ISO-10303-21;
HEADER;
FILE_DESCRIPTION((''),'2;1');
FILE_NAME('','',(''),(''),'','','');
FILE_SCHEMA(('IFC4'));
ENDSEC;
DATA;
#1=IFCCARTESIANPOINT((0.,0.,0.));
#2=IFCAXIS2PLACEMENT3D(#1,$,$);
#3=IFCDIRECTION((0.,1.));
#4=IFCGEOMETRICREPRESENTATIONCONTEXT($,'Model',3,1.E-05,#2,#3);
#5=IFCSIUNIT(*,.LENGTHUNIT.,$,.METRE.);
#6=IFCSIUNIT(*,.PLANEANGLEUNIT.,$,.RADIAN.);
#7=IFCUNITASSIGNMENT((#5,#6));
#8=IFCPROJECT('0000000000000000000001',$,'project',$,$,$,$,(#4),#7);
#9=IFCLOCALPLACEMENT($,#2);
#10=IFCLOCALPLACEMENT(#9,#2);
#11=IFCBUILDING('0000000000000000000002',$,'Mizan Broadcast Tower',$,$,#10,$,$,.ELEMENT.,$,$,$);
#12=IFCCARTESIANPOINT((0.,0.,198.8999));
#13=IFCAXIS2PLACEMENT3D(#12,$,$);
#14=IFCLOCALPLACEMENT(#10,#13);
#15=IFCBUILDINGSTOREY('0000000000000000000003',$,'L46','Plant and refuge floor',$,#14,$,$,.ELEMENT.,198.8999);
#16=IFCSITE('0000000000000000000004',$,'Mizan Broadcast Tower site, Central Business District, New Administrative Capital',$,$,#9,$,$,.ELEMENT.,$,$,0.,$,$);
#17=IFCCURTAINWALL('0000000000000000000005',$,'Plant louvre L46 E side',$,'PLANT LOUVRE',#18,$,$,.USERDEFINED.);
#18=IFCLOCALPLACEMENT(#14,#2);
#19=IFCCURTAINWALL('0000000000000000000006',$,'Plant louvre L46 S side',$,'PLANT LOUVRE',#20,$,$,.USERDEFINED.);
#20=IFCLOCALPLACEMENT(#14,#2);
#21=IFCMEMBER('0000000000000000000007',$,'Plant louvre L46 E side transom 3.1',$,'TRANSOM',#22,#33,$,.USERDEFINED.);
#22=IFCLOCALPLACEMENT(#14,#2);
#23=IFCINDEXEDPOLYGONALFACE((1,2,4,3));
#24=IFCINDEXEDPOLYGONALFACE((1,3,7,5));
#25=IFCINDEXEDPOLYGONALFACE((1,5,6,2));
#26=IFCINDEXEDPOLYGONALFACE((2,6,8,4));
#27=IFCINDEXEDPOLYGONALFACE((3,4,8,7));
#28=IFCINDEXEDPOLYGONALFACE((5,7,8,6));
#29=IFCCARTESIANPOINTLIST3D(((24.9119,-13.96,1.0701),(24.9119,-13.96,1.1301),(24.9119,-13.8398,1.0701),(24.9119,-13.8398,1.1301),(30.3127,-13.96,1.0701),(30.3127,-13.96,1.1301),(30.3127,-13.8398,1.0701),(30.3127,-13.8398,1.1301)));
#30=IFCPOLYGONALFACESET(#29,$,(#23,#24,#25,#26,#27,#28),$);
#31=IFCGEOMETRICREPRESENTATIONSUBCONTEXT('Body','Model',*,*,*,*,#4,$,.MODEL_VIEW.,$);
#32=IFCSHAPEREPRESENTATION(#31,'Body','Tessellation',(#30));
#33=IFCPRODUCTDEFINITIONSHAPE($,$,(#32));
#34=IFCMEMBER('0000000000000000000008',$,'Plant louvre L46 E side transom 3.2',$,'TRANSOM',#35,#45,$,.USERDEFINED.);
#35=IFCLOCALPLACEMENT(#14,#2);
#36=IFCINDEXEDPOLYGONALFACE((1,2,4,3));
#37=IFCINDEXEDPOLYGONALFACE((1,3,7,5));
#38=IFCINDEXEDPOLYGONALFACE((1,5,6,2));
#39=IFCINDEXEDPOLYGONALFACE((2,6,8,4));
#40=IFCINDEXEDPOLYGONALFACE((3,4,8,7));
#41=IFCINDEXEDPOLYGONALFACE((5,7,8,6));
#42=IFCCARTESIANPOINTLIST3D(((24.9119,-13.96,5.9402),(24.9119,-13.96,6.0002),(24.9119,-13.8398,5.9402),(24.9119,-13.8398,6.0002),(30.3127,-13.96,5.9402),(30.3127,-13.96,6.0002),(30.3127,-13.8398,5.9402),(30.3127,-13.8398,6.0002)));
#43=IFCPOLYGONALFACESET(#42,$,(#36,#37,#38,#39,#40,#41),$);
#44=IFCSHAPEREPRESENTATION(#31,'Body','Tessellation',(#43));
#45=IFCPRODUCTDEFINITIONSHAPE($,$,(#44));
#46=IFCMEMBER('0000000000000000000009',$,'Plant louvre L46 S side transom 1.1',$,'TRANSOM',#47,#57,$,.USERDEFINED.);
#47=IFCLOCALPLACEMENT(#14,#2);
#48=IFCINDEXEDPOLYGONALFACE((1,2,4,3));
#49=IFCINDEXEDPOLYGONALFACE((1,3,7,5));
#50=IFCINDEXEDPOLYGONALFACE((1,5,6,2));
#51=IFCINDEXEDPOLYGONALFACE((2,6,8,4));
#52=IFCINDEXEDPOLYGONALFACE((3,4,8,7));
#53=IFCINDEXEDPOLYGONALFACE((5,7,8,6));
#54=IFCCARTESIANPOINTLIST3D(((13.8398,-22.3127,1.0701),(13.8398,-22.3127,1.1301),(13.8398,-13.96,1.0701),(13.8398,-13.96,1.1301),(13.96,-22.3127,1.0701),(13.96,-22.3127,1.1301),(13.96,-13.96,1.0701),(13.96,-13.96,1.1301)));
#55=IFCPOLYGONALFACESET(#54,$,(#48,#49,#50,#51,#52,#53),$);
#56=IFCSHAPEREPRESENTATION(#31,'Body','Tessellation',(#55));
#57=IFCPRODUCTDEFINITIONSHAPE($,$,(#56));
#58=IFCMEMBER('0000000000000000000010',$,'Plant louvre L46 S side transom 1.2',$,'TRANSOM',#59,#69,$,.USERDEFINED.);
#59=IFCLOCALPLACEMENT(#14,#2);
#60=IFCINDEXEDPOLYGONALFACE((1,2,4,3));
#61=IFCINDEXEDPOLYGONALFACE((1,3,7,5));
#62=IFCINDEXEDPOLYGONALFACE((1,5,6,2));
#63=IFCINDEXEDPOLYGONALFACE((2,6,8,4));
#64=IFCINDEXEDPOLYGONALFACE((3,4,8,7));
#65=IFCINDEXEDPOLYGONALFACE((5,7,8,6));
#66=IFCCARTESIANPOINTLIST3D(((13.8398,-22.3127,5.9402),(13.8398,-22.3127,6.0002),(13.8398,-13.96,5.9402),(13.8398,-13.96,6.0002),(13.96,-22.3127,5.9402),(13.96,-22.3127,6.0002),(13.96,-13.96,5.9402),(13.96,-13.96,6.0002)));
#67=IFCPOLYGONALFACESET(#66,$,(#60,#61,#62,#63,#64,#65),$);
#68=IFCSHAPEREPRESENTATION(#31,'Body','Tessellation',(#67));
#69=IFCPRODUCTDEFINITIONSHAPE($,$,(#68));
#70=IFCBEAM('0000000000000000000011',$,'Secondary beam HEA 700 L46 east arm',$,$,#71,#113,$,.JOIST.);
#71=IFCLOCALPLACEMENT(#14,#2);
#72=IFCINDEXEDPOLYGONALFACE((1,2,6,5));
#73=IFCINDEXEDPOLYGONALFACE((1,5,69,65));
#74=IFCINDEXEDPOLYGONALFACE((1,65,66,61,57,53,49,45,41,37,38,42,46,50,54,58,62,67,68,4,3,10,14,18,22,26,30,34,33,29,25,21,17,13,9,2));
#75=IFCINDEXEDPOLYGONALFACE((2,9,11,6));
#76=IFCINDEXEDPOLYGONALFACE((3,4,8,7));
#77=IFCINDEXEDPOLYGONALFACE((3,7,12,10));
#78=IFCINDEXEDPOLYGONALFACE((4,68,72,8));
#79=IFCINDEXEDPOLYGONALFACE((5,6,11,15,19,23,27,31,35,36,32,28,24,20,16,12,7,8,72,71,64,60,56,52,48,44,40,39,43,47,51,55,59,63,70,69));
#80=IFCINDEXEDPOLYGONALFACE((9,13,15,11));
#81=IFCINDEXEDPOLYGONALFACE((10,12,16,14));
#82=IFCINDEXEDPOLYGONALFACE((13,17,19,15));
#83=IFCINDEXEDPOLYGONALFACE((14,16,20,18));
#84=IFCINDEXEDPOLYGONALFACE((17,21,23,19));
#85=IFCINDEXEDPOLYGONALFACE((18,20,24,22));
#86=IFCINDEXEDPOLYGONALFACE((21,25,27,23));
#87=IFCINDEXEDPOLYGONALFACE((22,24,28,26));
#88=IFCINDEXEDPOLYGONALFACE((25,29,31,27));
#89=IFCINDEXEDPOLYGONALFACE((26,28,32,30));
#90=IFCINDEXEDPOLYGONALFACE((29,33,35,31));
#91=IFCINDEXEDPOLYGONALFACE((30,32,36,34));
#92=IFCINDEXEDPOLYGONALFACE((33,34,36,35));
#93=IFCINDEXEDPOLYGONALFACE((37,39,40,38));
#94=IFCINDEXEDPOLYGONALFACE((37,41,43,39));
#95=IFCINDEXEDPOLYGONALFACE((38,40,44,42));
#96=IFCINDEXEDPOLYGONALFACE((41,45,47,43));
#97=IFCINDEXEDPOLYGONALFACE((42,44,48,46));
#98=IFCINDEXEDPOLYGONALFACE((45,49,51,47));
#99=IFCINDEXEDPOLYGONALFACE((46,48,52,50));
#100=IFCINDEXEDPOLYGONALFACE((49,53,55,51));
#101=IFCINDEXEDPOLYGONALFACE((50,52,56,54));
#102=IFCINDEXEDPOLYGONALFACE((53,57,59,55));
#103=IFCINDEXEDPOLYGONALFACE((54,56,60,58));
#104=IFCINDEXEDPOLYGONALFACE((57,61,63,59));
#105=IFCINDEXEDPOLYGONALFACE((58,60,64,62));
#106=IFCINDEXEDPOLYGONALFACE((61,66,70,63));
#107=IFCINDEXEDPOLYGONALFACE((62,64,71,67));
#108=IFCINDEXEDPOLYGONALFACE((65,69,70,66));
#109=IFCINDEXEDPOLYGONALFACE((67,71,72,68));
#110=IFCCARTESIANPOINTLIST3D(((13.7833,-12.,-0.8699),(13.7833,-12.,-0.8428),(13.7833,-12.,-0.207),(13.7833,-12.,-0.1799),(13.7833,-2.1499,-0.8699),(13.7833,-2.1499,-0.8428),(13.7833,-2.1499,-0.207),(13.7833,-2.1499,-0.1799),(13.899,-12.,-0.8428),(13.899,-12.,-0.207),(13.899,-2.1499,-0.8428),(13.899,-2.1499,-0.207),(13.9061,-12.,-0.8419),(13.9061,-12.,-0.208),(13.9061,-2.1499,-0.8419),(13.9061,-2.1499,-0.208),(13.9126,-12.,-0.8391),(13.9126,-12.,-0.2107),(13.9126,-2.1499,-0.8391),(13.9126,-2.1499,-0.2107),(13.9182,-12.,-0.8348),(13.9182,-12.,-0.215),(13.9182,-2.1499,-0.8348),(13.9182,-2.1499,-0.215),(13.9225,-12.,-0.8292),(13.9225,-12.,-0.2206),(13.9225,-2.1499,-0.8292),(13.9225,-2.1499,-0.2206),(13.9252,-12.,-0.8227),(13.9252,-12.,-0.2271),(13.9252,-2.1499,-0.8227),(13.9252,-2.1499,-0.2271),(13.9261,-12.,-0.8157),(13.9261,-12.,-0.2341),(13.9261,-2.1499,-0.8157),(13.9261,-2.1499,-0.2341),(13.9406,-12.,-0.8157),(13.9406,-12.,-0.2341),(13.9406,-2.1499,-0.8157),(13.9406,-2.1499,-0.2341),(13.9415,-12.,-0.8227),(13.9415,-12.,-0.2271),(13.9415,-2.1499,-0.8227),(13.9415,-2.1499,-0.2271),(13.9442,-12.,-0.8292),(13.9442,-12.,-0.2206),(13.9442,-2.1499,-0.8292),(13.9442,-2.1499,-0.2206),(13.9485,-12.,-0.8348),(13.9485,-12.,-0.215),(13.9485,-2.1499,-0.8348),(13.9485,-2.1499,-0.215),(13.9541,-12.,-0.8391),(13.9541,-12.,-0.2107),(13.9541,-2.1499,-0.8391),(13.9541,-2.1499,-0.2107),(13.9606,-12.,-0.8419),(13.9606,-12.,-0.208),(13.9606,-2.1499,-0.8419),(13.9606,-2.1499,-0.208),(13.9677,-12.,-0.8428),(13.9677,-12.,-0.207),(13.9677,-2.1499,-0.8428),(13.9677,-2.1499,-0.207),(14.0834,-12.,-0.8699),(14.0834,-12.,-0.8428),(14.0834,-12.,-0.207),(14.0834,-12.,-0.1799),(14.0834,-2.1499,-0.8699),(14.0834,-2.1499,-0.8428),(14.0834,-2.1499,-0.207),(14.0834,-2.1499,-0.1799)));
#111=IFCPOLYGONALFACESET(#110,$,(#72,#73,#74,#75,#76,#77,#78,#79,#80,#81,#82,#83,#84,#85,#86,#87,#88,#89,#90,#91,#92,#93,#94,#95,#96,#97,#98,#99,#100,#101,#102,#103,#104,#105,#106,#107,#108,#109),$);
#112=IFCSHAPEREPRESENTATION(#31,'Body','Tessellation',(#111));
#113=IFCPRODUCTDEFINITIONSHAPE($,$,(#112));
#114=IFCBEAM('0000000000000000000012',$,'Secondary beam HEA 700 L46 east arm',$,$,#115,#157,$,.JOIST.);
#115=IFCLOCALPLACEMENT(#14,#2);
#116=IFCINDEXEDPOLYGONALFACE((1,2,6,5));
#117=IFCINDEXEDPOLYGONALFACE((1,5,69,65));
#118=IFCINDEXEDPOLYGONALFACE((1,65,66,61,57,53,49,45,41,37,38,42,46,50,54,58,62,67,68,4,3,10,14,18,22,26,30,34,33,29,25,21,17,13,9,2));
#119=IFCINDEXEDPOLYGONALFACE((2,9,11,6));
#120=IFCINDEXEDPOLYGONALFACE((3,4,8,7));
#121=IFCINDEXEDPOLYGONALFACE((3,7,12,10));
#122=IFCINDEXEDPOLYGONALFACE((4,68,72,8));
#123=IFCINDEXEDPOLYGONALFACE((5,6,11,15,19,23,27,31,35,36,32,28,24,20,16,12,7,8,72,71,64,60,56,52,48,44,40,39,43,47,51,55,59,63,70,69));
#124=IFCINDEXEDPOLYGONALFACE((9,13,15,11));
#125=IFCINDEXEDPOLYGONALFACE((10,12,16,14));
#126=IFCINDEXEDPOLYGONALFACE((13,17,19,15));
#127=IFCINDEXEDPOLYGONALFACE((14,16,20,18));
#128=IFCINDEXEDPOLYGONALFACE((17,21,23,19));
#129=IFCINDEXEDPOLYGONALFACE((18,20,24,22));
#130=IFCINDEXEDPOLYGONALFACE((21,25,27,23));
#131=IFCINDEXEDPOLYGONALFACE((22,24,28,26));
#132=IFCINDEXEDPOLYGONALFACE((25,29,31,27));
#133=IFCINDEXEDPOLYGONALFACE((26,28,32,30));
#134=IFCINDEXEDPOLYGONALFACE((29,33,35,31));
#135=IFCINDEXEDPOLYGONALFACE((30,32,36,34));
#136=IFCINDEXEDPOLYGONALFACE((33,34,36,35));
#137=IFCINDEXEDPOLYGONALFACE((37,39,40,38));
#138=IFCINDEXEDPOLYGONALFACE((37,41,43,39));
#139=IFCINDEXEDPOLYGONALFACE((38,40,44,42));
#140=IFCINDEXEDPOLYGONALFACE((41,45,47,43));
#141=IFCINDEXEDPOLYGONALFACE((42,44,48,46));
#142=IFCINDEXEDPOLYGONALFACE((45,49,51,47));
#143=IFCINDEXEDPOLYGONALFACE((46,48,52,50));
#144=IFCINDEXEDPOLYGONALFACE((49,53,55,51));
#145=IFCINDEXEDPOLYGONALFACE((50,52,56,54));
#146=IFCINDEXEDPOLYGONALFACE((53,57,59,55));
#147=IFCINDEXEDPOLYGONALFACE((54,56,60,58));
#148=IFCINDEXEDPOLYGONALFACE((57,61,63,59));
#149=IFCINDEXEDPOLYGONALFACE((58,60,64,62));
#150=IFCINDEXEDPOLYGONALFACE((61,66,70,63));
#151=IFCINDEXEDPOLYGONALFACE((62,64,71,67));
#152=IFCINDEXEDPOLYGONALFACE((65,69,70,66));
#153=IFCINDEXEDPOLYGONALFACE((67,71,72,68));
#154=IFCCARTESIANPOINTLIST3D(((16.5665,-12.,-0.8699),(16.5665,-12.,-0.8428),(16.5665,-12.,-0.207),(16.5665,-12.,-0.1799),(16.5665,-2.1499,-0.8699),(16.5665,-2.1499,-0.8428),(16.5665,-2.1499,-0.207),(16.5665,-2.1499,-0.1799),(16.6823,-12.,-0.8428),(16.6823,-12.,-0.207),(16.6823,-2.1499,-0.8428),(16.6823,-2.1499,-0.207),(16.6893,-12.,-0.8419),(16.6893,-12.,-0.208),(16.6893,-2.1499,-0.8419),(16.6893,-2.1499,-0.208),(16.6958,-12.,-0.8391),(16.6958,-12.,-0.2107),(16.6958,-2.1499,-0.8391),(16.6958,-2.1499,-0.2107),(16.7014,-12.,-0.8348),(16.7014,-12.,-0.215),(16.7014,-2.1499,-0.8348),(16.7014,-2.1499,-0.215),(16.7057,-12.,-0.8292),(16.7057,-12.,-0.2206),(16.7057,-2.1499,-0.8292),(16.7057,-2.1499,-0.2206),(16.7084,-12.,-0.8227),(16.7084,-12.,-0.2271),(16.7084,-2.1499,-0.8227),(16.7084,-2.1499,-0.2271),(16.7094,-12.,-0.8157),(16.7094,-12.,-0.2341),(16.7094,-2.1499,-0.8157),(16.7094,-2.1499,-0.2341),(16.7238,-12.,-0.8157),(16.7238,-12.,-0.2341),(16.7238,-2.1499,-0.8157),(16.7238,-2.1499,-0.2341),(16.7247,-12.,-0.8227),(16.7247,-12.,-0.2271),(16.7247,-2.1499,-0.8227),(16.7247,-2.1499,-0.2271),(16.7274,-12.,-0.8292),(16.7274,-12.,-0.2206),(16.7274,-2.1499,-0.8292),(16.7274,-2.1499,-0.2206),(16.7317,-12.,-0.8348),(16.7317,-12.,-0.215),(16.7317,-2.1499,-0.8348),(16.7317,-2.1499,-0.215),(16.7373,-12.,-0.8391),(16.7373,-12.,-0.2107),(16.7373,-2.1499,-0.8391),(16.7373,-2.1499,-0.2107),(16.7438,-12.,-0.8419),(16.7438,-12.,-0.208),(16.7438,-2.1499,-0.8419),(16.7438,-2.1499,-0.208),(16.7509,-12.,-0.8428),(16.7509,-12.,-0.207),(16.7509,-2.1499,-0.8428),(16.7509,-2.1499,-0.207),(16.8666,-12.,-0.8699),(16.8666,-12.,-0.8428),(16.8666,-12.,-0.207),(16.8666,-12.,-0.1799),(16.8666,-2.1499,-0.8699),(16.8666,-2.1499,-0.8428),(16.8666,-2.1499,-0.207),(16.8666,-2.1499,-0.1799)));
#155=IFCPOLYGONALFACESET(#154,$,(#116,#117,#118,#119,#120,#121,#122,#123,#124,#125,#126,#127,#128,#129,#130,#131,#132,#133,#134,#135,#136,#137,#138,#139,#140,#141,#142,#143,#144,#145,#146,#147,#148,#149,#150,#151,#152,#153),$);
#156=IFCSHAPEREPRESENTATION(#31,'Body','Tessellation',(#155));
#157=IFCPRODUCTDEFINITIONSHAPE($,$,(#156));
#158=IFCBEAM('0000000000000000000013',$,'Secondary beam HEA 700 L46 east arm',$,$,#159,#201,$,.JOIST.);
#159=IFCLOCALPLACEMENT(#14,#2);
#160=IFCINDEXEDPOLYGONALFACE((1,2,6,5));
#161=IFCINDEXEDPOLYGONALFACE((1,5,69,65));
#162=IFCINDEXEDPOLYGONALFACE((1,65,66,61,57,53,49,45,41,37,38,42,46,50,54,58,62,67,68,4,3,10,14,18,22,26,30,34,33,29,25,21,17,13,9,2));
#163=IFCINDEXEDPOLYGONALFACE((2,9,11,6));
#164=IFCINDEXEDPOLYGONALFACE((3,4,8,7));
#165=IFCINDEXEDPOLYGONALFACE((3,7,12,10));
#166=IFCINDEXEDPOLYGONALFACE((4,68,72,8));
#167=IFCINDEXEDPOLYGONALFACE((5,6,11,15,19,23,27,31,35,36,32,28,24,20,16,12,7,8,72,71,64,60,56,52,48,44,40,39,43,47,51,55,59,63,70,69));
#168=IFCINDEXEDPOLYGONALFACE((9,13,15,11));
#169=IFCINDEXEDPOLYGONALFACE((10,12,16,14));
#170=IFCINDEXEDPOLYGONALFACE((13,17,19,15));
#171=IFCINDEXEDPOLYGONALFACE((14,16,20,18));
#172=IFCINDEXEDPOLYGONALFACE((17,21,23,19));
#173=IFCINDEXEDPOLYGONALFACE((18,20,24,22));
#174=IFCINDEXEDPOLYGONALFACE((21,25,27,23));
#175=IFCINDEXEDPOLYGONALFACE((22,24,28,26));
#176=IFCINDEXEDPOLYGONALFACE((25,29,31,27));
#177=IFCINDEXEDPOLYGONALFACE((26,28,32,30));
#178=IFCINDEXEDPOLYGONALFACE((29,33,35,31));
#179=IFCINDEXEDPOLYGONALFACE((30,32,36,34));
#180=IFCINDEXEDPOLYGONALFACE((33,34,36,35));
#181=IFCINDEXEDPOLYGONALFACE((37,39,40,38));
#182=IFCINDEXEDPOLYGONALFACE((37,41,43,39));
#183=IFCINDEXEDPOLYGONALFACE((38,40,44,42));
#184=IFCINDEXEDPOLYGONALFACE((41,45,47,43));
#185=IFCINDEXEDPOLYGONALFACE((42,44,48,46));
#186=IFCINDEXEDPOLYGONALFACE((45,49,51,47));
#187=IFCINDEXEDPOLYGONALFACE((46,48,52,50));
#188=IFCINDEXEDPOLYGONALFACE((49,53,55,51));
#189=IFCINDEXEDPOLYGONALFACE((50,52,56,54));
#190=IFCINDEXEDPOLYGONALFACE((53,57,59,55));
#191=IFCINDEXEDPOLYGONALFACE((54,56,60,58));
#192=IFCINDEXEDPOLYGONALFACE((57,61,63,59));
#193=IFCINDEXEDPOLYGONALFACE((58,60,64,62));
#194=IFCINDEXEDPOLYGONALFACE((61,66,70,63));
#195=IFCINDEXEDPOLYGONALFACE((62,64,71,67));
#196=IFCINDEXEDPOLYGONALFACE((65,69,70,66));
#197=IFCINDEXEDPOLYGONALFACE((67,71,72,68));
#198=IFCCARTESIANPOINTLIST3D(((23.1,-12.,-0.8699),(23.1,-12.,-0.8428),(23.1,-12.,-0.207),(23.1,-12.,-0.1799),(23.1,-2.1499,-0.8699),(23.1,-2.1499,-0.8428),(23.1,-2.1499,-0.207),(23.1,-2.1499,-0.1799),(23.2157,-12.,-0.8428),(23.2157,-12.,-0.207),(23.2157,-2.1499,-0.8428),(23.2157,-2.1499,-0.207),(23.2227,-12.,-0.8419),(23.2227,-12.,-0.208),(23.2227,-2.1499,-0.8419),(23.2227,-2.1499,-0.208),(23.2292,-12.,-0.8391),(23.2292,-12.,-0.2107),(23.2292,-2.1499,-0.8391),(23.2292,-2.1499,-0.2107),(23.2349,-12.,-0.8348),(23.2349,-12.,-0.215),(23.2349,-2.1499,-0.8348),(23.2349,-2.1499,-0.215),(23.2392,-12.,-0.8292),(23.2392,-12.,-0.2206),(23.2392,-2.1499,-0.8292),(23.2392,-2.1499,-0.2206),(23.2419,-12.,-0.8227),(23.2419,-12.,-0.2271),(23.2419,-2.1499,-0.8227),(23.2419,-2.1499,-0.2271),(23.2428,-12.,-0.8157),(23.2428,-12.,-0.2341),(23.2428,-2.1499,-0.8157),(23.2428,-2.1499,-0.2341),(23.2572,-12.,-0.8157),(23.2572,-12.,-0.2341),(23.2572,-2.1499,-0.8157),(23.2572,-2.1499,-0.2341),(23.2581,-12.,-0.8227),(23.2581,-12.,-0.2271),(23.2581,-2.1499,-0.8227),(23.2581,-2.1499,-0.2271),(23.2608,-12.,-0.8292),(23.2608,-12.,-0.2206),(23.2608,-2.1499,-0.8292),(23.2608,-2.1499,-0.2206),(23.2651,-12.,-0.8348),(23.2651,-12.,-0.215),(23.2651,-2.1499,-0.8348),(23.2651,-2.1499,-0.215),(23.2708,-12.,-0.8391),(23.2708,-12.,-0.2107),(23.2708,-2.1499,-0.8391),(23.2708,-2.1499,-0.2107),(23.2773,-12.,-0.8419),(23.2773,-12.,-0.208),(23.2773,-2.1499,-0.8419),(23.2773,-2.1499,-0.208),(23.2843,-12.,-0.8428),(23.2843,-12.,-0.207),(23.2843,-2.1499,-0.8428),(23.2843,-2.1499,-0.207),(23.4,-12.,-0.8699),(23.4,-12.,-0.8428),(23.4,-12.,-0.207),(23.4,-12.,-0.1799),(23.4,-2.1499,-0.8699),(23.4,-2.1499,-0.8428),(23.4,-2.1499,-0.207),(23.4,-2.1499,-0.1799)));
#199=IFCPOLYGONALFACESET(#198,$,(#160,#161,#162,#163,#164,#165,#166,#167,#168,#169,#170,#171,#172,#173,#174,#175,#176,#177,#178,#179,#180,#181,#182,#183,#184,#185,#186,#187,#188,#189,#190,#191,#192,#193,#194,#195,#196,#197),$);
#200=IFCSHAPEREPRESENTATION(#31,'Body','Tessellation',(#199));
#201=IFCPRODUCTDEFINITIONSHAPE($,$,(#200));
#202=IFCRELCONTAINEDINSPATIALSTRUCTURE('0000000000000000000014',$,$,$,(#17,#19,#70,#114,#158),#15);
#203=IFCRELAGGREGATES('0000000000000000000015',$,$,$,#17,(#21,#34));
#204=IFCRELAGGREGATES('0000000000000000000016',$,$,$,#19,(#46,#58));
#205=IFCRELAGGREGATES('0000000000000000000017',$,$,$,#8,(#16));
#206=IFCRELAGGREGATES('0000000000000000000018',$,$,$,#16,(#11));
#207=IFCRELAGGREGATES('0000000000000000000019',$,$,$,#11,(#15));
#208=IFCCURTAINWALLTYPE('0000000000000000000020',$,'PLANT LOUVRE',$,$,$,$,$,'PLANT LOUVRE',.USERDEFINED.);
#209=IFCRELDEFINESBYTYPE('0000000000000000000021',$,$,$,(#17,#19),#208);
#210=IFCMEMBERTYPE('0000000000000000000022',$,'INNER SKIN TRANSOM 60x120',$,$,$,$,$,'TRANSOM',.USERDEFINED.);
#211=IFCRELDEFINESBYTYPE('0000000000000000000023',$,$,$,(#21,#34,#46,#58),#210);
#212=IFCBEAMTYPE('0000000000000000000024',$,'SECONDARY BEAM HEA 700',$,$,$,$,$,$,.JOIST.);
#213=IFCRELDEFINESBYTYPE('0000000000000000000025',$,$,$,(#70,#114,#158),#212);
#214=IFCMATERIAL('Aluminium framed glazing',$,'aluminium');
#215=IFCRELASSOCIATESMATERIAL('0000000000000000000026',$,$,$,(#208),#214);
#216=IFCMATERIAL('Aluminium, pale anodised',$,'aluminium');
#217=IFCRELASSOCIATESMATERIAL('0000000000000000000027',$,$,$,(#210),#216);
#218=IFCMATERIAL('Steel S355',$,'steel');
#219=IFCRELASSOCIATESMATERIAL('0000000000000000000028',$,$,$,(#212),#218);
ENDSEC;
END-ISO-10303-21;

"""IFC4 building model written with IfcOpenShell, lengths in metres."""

from ifc_helpers import new_model, si_unit, direction, frame, origin, origin_2d, place, context, subcontext, project, spatial, rectangle, i_section, extrude, material, material_profile, profile_set, type_object, element, aggregate, save


model = new_model("IFC4")

# Units and contexts
model_context = context("Model", 3, precision=1e-05, world=origin(), true_north=direction((0.0, 1.0)))
body_context = subcontext(model_context, "Body", "Model", "MODEL_VIEW")
ifc_project = project(units=[si_unit("LENGTHUNIT", "METRE"), si_unit("PLANEANGLEUNIT", "RADIAN")], contexts=[model_context])

# Site, building, storey
site_placement = place(None, origin())
site = spatial("IfcSite", under=ifc_project, at=site_placement, Name="Mizan Broadcast Tower site, Central Business District, New Administrative Capital", CompositionType="ELEMENT", RefElevation=0.0)
building_placement = place(site_placement, origin())
building = spatial("IfcBuilding", under=site, at=building_placement, Name="Mizan Broadcast Tower", CompositionType="ELEMENT")
storey_placement = place(building_placement, frame((0.0, 0.0, 198.8999)))
storey = spatial("IfcBuildingStorey", under=building, at=storey_placement, Name="L46", Description="Plant and refuge floor", CompositionType="ELEMENT", Elevation=198.8999)

# Curtain wall
ifc_material_1 = material(Name="Aluminium framed glazing", Category="aluminium")
curtain_wall_type = type_object("IfcCurtainWallType", Name="PLANT LOUVRE", ElementType="PLANT LOUVRE", PredefinedType="USERDEFINED", material=ifc_material_1)
curtain_wall_1_placement = place(storey_placement, origin())
curtain_wall_1 = element("IfcCurtainWall", 1, at=curtain_wall_1_placement, inside=storey, type_object=curtain_wall_type, Name="Plant louvre L46 E side", ObjectType="PLANT LOUVRE", PredefinedType="USERDEFINED")

# Curtain wall
curtain_wall_2_placement = place(storey_placement, origin())
curtain_wall_2 = element("IfcCurtainWall", 2, at=curtain_wall_2_placement, inside=storey, type_object=curtain_wall_type, Name="Plant louvre L46 S side", ObjectType="PLANT LOUVRE", PredefinedType="USERDEFINED")

# Members
ifc_material_2 = material(Name="Aluminium, pale anodised", Category="aluminium")
ifc_material_profile_1 = material_profile(ifc_material_2, rectangle(XDim=0.1201, YDim=0.0601, at=origin_2d()), Name="TRANSOM 120x60")
ifc_profile_set_1 = profile_set([ifc_material_profile_1], Name="Aluminium, pale anodised")
member_type_1 = type_object("IfcMemberType", Name="INNER SKIN TRANSOM 60x120", ElementType="TRANSOM", PredefinedType="USERDEFINED", material=ifc_profile_set_1)
member_1_placement = place(storey_placement, frame((24.9119, -13.8999, 1.1001), z_axis=(1.0, 0.0, 0.0), x_axis=(0.0, 1.0, 0.0)))
member_1 = element("IfcMember", 3, at=member_1_placement, type_object=member_type_1, Name="Plant louvre L46 E side transom 3.1", ObjectType="TRANSOM", PredefinedType="USERDEFINED", context=body_context, shape_type="SweptSolid", body=[
    extrude(rectangle(XDim=0.1201, YDim=0.0601, at=origin_2d()), origin(), (0.0, 0.0, 1.0), 5.4009),
])
member_2_placement = place(storey_placement, frame((24.9119, -13.8999, 5.9702), z_axis=(1.0, 0.0, 0.0), x_axis=(0.0, 1.0, 0.0)))
member_2 = element("IfcMember", 4, at=member_2_placement, type_object=member_type_1, Name="Plant louvre L46 E side transom 3.2", ObjectType="TRANSOM", PredefinedType="USERDEFINED", context=body_context, shape_type="SweptSolid", body=[
    extrude(rectangle(XDim=0.1201, YDim=0.0601, at=origin_2d()), origin(), (0.0, 0.0, 1.0), 5.4009),
])
member_3_placement = place(storey_placement, frame((13.8999, -22.3127, 1.1001), z_axis=(0.0, 1.0, 0.0), x_axis=(-1.0, 0.0, 0.0)))
member_3 = element("IfcMember", 5, at=member_3_placement, type_object=member_type_1, Name="Plant louvre L46 S side transom 1.1", ObjectType="TRANSOM", PredefinedType="USERDEFINED", context=body_context, shape_type="SweptSolid", body=[
    extrude(rectangle(XDim=0.1201, YDim=0.0601, at=origin_2d()), origin(), (0.0, 0.0, 1.0), 8.3528),
])
member_4_placement = place(storey_placement, frame((13.8999, -22.3127, 5.9702), z_axis=(0.0, 1.0, 0.0), x_axis=(-1.0, 0.0, 0.0)))
member_4 = element("IfcMember", 6, at=member_4_placement, type_object=member_type_1, Name="Plant louvre L46 S side transom 1.2", ObjectType="TRANSOM", PredefinedType="USERDEFINED", context=body_context, shape_type="SweptSolid", body=[
    extrude(rectangle(XDim=0.1201, YDim=0.0601, at=origin_2d()), origin(), (0.0, 0.0, 1.0), 8.3528),
])

# Beams
ifc_material_3 = material(Name="Steel S355", Category="steel")
ifc_material_profile_2 = material_profile(ifc_material_3, i_section(OverallWidth=0.3, OverallDepth=0.6899, WebThickness=0.0144, FlangeThickness=0.0271, FilletRadius=0.0271, at=origin_2d()), Name="HEA 700")
ifc_profile_set_2 = profile_set([ifc_material_profile_2], Name="Steel S355")
beam_type_1 = type_object("IfcBeamType", Name="SECONDARY BEAM HEA 700", PredefinedType="JOIST", material=ifc_profile_set_2)
for number, where, z_axis, x_axis, name in (
    (7, (13.9333, -12.0, -0.5249), (0.0, 1.0, 0.0), (-1.0, 0.0, 0.0), "Secondary beam HEA 700 L46 east arm"),
    (8, (16.7166, -12.0, -0.5249), (0.0, 1.0, 0.0), (-1.0, 0.0, 0.0), "Secondary beam HEA 700 L46 east arm"),
    (9, (23.25, -12.0, -0.5249), (0.0, 1.0, 0.0), (-1.0, 0.0, 0.0), "Secondary beam HEA 700 L46 east arm"),
):
    element("IfcBeam", number, at=place(storey_placement, frame(where, z_axis=z_axis, x_axis=x_axis)), inside=storey, type_object=beam_type_1, Name=name, PredefinedType="JOIST", context=body_context, shape_type="SweptSolid", body=[
        extrude(i_section(OverallWidth=0.3, OverallDepth=0.6899, WebThickness=0.0144, FlangeThickness=0.0271, FilletRadius=0.0271, at=origin_2d()), origin(), (0.0, 0.0, 1.0), 9.8501),
    ])

aggregate(curtain_wall_1, [member_1, member_2])
aggregate(curtain_wall_2, [member_3, member_4])

save(model, "model.ifc")
